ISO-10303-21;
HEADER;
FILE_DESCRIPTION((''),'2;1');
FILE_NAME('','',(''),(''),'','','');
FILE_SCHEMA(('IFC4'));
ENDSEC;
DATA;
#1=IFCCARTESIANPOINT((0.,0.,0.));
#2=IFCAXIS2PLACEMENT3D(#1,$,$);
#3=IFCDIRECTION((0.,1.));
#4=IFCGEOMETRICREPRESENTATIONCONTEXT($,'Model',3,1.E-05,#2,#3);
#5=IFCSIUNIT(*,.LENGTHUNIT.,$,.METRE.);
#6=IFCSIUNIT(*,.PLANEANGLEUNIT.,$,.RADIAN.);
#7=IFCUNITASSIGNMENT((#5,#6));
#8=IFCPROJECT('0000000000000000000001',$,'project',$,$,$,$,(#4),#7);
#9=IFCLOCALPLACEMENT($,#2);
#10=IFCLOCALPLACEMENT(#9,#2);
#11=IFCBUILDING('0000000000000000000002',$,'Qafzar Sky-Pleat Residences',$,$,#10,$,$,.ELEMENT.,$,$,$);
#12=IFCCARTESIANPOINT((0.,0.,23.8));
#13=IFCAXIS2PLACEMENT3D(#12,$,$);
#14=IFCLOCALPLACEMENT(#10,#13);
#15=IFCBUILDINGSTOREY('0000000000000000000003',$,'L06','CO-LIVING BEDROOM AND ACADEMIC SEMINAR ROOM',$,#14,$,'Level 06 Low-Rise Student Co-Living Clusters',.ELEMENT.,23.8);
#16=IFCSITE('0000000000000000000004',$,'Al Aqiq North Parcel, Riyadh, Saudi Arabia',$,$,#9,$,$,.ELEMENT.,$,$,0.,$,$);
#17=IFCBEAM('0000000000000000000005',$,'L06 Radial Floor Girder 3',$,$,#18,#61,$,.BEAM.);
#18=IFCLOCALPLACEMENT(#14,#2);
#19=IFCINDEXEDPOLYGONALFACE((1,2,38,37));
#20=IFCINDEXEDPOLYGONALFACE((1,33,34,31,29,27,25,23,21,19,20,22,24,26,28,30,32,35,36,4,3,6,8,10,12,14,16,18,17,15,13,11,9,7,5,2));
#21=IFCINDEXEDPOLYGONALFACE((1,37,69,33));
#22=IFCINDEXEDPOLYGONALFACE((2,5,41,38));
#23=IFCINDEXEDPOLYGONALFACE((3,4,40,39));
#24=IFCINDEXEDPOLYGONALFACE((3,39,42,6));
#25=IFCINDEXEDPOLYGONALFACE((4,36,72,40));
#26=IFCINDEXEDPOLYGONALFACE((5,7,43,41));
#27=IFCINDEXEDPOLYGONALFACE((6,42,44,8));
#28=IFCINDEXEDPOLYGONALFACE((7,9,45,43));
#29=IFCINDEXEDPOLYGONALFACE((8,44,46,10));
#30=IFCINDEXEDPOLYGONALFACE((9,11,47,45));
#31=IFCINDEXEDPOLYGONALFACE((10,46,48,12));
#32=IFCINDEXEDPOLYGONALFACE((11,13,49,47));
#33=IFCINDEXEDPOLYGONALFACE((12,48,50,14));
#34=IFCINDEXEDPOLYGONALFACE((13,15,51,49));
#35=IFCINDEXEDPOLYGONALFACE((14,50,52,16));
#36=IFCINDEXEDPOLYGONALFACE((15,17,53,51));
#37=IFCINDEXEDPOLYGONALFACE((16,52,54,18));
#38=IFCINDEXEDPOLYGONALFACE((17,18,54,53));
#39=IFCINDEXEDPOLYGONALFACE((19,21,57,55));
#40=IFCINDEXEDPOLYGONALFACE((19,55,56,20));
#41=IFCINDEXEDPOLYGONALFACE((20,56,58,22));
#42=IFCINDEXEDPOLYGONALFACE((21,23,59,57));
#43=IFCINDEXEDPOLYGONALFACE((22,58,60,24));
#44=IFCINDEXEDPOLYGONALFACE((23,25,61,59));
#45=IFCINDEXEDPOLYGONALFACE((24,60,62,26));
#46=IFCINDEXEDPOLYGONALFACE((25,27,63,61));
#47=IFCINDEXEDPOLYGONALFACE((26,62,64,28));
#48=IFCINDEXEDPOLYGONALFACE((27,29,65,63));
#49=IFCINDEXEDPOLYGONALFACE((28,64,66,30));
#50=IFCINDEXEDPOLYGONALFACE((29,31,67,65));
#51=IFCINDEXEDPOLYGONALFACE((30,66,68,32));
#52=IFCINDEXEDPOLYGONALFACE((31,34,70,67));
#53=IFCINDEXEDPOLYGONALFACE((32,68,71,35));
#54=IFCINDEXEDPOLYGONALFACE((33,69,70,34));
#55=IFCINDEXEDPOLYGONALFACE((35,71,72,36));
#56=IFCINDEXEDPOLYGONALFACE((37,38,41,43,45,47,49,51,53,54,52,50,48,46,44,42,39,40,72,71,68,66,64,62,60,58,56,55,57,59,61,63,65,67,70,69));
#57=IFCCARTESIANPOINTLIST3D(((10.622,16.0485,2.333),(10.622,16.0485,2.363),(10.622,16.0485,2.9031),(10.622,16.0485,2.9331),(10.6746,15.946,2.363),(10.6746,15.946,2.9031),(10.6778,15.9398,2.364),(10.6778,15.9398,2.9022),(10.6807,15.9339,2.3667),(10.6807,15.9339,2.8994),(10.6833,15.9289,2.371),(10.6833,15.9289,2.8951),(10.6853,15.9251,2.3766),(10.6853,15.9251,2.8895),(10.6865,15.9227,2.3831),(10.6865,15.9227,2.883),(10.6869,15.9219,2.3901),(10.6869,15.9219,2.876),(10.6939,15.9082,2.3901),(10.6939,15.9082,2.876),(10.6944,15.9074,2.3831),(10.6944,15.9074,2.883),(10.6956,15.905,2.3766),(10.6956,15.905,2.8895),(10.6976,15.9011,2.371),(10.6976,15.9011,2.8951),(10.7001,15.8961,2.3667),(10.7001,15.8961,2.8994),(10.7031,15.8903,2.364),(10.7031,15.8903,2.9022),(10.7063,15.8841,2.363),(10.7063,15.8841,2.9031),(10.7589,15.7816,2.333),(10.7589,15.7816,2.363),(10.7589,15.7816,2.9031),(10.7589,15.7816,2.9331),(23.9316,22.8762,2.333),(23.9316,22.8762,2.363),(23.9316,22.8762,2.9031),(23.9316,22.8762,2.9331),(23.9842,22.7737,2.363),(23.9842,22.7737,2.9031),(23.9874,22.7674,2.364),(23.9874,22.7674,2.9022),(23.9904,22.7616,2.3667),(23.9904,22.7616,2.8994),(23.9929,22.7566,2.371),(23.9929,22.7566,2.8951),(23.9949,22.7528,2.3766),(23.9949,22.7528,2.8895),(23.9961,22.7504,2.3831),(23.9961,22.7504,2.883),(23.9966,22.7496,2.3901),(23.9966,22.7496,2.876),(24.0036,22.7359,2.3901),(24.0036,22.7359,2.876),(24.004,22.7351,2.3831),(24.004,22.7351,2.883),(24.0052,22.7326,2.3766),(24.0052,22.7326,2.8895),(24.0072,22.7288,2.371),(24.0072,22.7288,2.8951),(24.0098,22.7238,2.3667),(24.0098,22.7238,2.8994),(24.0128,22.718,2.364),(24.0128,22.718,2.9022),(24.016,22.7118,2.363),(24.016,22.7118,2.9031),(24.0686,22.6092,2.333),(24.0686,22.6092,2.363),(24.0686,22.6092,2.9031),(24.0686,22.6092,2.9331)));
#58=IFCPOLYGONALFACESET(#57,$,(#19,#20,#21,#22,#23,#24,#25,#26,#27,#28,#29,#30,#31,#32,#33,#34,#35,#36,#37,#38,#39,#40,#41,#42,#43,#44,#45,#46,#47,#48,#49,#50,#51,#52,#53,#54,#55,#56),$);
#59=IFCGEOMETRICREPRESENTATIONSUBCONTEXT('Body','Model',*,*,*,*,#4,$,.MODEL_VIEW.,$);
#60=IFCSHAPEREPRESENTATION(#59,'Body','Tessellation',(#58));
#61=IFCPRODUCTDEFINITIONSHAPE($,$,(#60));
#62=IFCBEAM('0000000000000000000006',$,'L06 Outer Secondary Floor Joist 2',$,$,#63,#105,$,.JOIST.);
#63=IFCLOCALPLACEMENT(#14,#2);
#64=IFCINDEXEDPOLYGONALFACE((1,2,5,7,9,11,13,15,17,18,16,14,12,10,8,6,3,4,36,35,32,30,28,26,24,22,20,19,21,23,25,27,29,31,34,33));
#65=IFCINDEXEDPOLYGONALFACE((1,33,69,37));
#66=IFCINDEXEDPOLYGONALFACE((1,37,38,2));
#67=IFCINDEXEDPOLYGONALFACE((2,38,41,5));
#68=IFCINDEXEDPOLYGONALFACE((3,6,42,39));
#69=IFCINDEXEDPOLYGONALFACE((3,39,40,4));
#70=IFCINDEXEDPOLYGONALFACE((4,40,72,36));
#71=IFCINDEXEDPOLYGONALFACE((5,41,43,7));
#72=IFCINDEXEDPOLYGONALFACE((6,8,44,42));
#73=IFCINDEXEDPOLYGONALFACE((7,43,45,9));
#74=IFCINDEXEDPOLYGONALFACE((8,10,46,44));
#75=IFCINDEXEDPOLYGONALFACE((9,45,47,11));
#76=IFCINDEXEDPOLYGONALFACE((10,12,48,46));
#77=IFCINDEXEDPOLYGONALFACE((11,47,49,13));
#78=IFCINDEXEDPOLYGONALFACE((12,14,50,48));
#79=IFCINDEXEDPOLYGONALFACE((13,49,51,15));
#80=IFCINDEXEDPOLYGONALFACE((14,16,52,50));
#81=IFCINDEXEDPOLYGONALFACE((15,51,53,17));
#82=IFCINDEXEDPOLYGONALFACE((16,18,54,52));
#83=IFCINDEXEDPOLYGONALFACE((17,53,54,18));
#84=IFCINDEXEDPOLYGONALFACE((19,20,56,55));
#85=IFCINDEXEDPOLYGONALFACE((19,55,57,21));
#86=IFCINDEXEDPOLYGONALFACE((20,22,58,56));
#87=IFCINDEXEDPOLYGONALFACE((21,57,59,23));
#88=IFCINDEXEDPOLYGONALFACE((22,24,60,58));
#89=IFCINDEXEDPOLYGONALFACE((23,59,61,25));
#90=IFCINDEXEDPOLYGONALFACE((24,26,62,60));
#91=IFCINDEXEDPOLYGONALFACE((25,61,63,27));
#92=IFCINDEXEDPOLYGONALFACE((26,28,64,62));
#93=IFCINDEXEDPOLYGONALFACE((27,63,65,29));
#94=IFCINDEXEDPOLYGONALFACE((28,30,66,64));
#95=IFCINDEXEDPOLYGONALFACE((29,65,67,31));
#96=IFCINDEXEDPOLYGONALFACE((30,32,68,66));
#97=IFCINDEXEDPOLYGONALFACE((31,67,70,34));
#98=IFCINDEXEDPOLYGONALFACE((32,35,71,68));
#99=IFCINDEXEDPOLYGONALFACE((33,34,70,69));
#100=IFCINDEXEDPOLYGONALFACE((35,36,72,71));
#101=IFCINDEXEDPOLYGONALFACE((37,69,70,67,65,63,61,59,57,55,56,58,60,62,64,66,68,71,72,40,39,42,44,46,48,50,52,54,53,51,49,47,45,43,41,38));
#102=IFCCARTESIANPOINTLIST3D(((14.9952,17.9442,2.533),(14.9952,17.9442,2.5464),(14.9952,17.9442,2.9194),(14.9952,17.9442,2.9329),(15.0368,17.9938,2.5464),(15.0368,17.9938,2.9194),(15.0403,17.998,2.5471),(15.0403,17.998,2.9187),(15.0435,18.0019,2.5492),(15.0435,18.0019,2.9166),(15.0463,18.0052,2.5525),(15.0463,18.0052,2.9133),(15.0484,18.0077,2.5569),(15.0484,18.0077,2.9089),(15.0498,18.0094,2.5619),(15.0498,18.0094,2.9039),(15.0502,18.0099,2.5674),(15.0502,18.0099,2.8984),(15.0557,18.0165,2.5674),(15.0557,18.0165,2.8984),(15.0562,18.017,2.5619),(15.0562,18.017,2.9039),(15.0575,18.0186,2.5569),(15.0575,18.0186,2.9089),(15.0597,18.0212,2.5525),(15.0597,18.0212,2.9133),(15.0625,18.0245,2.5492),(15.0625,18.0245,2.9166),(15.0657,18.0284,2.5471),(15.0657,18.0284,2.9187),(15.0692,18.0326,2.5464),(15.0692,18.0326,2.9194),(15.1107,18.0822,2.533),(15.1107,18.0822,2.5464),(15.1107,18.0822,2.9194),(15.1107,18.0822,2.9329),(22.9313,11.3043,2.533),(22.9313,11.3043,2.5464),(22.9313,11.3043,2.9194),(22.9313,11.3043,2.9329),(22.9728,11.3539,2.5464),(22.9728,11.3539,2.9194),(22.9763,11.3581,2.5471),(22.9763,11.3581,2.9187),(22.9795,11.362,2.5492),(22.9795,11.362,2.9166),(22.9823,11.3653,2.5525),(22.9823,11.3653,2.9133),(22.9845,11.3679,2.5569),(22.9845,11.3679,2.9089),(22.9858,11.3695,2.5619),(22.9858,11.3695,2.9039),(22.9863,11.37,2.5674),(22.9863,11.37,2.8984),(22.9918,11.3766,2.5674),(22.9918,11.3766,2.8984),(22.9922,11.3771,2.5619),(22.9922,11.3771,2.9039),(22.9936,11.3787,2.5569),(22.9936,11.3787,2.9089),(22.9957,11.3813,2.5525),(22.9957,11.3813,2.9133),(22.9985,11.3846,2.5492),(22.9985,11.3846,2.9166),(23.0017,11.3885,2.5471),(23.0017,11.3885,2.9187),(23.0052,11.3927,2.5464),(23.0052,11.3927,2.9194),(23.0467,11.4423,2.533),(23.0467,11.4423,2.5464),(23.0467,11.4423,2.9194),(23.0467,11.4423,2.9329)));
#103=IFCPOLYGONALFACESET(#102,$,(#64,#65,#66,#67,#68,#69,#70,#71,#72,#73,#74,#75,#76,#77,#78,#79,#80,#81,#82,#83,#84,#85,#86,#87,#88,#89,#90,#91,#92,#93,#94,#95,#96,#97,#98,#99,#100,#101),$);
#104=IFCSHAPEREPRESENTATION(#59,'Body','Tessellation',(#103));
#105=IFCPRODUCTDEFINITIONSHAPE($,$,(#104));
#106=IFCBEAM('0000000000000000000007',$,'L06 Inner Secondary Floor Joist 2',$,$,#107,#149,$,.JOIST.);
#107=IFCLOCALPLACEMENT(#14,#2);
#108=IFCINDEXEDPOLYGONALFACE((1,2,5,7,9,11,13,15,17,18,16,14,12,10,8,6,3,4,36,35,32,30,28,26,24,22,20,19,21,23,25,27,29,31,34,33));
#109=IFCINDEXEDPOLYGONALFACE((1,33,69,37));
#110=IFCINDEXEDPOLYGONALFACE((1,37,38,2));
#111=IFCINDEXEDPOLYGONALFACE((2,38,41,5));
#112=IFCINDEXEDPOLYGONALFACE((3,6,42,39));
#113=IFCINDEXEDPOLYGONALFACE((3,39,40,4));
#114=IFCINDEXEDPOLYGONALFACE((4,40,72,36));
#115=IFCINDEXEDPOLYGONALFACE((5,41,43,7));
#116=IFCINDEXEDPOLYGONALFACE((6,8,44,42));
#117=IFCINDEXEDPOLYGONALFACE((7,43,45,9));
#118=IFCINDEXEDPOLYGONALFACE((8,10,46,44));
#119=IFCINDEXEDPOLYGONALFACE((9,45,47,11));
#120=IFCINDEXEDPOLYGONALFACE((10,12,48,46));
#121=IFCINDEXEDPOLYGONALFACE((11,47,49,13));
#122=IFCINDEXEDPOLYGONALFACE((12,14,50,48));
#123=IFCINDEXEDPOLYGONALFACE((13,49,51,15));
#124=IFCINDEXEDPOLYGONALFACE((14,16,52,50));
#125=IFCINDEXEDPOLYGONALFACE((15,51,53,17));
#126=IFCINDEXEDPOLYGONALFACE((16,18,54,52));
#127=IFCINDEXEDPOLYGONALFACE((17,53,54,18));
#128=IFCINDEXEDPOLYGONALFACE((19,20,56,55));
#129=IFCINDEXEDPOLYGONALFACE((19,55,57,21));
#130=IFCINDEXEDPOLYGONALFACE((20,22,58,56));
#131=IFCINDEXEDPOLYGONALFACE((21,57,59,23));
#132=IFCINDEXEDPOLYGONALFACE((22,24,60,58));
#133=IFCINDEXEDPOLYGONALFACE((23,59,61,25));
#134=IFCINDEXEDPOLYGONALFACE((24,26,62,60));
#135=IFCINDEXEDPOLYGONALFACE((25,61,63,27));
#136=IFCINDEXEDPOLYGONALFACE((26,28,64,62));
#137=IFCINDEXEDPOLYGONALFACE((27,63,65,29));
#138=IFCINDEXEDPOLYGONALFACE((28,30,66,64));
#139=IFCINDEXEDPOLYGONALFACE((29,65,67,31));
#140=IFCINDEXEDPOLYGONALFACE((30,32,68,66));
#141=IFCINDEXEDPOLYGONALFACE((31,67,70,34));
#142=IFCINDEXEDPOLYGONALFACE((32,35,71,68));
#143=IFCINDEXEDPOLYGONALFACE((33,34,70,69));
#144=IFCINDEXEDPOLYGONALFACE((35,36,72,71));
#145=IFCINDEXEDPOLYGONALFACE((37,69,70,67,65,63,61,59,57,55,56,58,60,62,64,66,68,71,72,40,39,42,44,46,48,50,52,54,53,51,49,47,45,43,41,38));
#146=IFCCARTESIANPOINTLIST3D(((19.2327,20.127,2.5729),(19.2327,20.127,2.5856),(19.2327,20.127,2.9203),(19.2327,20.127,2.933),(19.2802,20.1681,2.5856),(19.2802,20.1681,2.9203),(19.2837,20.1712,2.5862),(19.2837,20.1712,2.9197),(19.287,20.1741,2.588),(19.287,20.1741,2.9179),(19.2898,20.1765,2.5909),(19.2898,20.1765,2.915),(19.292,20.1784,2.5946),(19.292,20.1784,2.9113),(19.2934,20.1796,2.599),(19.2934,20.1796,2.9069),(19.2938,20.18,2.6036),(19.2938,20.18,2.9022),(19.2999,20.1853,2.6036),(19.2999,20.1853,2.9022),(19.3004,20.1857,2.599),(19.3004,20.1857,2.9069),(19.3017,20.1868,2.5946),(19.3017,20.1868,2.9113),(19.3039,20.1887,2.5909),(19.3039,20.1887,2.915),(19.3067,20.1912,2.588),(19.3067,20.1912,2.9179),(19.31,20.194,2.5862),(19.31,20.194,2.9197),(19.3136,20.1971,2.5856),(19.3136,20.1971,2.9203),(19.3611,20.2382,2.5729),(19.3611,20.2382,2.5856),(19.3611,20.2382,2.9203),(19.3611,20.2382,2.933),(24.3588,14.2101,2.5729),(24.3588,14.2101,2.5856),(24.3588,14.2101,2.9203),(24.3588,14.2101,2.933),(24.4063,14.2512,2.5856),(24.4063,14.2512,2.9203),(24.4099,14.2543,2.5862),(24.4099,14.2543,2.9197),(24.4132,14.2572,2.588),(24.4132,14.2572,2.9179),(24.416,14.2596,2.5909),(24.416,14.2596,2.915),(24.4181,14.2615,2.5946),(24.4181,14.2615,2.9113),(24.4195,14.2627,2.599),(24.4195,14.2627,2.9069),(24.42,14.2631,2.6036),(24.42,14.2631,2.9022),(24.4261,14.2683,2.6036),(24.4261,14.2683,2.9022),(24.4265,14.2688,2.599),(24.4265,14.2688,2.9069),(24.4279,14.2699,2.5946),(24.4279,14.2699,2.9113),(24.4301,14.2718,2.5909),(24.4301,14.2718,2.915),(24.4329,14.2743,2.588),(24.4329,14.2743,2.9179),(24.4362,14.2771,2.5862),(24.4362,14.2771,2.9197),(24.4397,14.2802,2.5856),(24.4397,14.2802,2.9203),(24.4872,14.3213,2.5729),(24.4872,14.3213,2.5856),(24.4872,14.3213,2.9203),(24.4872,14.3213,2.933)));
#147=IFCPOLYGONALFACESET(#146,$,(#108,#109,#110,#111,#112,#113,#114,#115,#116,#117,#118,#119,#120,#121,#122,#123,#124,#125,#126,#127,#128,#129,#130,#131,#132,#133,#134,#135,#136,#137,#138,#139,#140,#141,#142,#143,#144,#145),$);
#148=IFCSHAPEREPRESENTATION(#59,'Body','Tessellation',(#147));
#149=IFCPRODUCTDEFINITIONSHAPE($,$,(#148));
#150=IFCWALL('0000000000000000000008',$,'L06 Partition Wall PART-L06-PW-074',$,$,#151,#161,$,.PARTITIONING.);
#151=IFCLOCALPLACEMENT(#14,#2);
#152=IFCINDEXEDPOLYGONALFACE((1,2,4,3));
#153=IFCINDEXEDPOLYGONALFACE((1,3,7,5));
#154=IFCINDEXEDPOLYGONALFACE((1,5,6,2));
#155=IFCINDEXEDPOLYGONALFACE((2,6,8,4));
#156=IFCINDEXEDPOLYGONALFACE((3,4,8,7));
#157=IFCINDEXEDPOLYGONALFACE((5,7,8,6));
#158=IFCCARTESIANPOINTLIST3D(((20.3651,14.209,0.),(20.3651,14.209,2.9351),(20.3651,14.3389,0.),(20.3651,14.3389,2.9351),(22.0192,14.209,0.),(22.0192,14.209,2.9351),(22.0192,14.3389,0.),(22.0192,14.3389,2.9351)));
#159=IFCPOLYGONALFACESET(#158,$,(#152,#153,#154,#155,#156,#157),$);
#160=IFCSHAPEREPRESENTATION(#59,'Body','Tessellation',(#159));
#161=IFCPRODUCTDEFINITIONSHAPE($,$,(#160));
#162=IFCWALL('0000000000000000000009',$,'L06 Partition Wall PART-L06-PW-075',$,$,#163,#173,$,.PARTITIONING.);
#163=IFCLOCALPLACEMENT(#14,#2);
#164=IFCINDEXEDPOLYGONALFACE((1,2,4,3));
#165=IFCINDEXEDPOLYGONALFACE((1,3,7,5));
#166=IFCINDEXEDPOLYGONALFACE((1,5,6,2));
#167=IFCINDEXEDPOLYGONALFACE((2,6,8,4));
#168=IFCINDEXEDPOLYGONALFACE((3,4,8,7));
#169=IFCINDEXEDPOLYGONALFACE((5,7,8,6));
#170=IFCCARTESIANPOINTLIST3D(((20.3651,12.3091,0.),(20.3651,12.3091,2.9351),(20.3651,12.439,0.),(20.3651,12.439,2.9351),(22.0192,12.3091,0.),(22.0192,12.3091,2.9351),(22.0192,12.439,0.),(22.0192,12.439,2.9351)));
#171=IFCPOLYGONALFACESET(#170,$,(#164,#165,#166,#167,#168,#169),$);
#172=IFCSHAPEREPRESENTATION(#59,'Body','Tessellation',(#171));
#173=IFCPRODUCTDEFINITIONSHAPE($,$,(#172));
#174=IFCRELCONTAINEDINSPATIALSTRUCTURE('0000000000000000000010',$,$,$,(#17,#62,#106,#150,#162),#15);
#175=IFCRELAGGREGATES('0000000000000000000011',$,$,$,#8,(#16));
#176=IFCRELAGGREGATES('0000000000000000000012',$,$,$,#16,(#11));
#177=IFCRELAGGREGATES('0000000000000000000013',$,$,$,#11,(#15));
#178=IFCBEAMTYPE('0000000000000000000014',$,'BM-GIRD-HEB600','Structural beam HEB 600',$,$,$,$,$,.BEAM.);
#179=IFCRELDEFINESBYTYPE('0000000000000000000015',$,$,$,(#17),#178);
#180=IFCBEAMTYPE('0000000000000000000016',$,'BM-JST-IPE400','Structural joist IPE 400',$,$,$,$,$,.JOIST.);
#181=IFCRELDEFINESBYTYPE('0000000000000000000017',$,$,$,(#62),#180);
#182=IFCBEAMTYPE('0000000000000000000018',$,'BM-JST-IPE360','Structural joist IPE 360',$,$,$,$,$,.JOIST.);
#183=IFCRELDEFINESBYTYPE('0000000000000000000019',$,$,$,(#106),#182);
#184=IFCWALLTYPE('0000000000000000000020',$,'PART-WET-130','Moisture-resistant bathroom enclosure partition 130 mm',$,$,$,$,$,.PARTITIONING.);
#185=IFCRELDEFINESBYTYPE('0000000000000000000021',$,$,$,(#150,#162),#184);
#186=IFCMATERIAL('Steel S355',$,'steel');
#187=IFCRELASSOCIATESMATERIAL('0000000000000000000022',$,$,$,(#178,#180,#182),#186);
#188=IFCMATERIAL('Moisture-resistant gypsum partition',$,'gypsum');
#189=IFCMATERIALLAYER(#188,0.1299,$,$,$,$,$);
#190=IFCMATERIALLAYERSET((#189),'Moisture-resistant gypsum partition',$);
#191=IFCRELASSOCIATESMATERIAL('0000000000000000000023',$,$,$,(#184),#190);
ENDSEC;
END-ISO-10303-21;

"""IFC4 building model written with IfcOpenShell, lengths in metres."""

from ifc_helpers import new_model, si_unit, direction, frame, frame_2d, origin, origin_2d, place, context, subcontext, project, spatial, rectangle, i_section, extrude, source, transform, mapped, material, layer, layer_set, material_profile, profile_set, type_object, element, save


model = new_model("IFC4")

# Units and contexts
model_context = context("Model", 3, precision=1e-05, world=origin(), true_north=direction((0.0, 1.0)))
body_context = subcontext(model_context, "Body", "Model", "MODEL_VIEW")
ifc_project = project(units=[si_unit("LENGTHUNIT", "METRE"), si_unit("PLANEANGLEUNIT", "RADIAN")], contexts=[model_context])

# Site, building, storey
site_placement = place(None, origin())
site = spatial("IfcSite", under=ifc_project, at=site_placement, Name="Al Aqiq North Parcel, Riyadh, Saudi Arabia", CompositionType="ELEMENT", RefElevation=0.0)
building_placement = place(site_placement, origin())
building = spatial("IfcBuilding", under=site, at=building_placement, Name="Qafzar Sky-Pleat Residences", CompositionType="ELEMENT")
storey_placement = place(building_placement, frame((0.0, 0.0, 23.8)))
storey = spatial("IfcBuildingStorey", under=building, at=storey_placement, Name="L06", Description="CO-LIVING BEDROOM AND ACADEMIC SEMINAR ROOM", LongName="Level 06 Low-Rise Student Co-Living Clusters", CompositionType="ELEMENT", Elevation=23.8)

# Beams
ifc_material_1 = material(Name="Steel S355", Category="steel")
ifc_material_profile_1 = material_profile(ifc_material_1, i_section(OverallWidth=0.3, OverallDepth=0.6001, WebThickness=0.0154, FlangeThickness=0.03, FilletRadius=0.0271, at=origin_2d()), Name="HEB 600")
ifc_profile_set_1 = profile_set([ifc_material_profile_1], Name="Steel S355")
beam_type_1 = type_object("IfcBeamType", Name="BM-GIRD-HEB600", Description="Structural beam HEB 600", PredefinedType="BEAM", material=ifc_profile_set_1)
shared_shape_1 = source(origin(), body_context, "Body", "SweptSolid", [
    extrude(i_section(OverallWidth=0.3, OverallDepth=0.6001, WebThickness=0.0154, FlangeThickness=0.03, FilletRadius=0.0271, at=origin_2d()), origin(), (0.0, 0.0, 1.0), 14.9587),
])
beam_1_placement = place(storey_placement, frame((10.6904, 15.915, 2.6331), z_axis=(0.889757, 0.456434, 0.0), x_axis=(-0.456434, 0.889757, 0.0)))
element("IfcBeam", 1, at=beam_1_placement, inside=storey, type_object=beam_type_1, Name="L06 Radial Floor Girder 3", PredefinedType="BEAM", context=body_context, shape_type="MappedRepresentation", body=[
    mapped(shared_shape_1, transform((0.0, 0.0, 0.0), x_axis=(1.0, 0.0, 0.0), y_axis=(0.0, 1.0, 0.0), z_axis=(0.0, 0.0, 1.0), scale=1.0)),
])
ifc_material_profile_2 = material_profile(ifc_material_1, i_section(OverallWidth=0.1799, OverallDepth=0.3999, WebThickness=0.0085, FlangeThickness=0.0134, FilletRadius=0.021, at=origin_2d()), Name="IPE 400")
ifc_profile_set_2 = profile_set([ifc_material_profile_2], Name="Steel S355")
beam_type_2 = type_object("IfcBeamType", Name="BM-JST-IPE400", Description="Structural joist IPE 400", PredefinedType="JOIST", material=ifc_profile_set_2)
shared_shape_2 = source(origin(), body_context, "Body", "SweptSolid", [
    extrude(i_section(OverallWidth=0.1799, OverallDepth=0.3999, WebThickness=0.0085, FlangeThickness=0.0134, FilletRadius=0.021, at=origin_2d()), origin(), (0.0, 0.0, 1.0), 10.3474),
])
beam_2_placement = place(storey_placement, frame((15.053, 18.0132, 2.7329), z_axis=(0.766959, -0.641696, 0.0), x_axis=(0.641696, 0.766959, 0.0)))
element("IfcBeam", 2, at=beam_2_placement, inside=storey, type_object=beam_type_2, Name="L06 Outer Secondary Floor Joist 2", PredefinedType="JOIST", context=body_context, shape_type="MappedRepresentation", body=[
    mapped(shared_shape_2, transform((0.0, 0.0, 0.0), x_axis=(1.0, 0.0, 0.0), y_axis=(0.0, 1.0, 0.0), z_axis=(0.0, 0.0, 1.0), scale=1.0)),
])
ifc_material_profile_3 = material_profile(ifc_material_1, i_section(OverallWidth=0.1699, OverallDepth=0.3601, WebThickness=0.0081, FlangeThickness=0.0127, FilletRadius=0.0181, at=origin_2d()), Name="IPE 360")
ifc_profile_set_3 = profile_set([ifc_material_profile_3], Name="Steel S355")
beam_type_3 = type_object("IfcBeamType", Name="BM-JST-IPE360", Description="Structural joist IPE 360", PredefinedType="JOIST", material=ifc_profile_set_3)
shared_shape_3 = source(origin(), body_context, "Body", "SweptSolid", [
    extrude(i_section(OverallWidth=0.1699, OverallDepth=0.3601, WebThickness=0.0081, FlangeThickness=0.0127, FilletRadius=0.0181, at=origin_2d()), origin(), (0.0, 0.0, 1.0), 7.8286),
])
beam_3_placement = place(storey_placement, frame((19.2969, 20.1826, 2.7529), z_axis=(0.654796, -0.755805, 0.0), x_axis=(0.755805, 0.654796, 0.0)))
element("IfcBeam", 3, at=beam_3_placement, inside=storey, type_object=beam_type_3, Name="L06 Inner Secondary Floor Joist 2", PredefinedType="JOIST", context=body_context, shape_type="MappedRepresentation", body=[
    mapped(shared_shape_3, transform((0.0, 0.0, 0.0), x_axis=(1.0, 0.0, 0.0), y_axis=(0.0, 1.0, 0.0), z_axis=(0.0, 0.0, 1.0), scale=1.0)),
])

# Walls
ifc_material_2 = material(Name="Moisture-resistant gypsum partition", Category="gypsum")
ifc_layer_1 = layer(ifc_material_2, 0.1299)
ifc_layer_set_1 = layer_set([ifc_layer_1], Name="Moisture-resistant gypsum partition")
wall_type_1 = type_object("IfcWallType", Name="PART-WET-130", Description="Moisture-resistant bathroom enclosure partition 130 mm", PredefinedType="PARTITIONING", material=ifc_layer_set_1)
for number, where, z_axis, x_axis, name in (
    (4, (20.365, 14.2739, 0.0), (0.0, 0.0, 1.0), (1.0, 0.0, 0.0), "L06 Partition Wall PART-L06-PW-074"),
    (5, (20.365, 12.374, 0.0), (0.0, 0.0, 1.0), (1.0, 0.0, 0.0), "L06 Partition Wall PART-L06-PW-075"),
):
    element("IfcWall", number, at=place(storey_placement, frame(where, z_axis=z_axis, x_axis=x_axis)), inside=storey, type_object=wall_type_1, Name=name, PredefinedType="PARTITIONING", context=body_context, shape_type="SweptSolid", body=[
        extrude(rectangle(XDim=1.6541, YDim=0.1299, at=frame_2d((0.8271, 0.0))), origin(), (0.0, 0.0, 1.0), 2.9351),
    ])

save(model, "model.ifc")
